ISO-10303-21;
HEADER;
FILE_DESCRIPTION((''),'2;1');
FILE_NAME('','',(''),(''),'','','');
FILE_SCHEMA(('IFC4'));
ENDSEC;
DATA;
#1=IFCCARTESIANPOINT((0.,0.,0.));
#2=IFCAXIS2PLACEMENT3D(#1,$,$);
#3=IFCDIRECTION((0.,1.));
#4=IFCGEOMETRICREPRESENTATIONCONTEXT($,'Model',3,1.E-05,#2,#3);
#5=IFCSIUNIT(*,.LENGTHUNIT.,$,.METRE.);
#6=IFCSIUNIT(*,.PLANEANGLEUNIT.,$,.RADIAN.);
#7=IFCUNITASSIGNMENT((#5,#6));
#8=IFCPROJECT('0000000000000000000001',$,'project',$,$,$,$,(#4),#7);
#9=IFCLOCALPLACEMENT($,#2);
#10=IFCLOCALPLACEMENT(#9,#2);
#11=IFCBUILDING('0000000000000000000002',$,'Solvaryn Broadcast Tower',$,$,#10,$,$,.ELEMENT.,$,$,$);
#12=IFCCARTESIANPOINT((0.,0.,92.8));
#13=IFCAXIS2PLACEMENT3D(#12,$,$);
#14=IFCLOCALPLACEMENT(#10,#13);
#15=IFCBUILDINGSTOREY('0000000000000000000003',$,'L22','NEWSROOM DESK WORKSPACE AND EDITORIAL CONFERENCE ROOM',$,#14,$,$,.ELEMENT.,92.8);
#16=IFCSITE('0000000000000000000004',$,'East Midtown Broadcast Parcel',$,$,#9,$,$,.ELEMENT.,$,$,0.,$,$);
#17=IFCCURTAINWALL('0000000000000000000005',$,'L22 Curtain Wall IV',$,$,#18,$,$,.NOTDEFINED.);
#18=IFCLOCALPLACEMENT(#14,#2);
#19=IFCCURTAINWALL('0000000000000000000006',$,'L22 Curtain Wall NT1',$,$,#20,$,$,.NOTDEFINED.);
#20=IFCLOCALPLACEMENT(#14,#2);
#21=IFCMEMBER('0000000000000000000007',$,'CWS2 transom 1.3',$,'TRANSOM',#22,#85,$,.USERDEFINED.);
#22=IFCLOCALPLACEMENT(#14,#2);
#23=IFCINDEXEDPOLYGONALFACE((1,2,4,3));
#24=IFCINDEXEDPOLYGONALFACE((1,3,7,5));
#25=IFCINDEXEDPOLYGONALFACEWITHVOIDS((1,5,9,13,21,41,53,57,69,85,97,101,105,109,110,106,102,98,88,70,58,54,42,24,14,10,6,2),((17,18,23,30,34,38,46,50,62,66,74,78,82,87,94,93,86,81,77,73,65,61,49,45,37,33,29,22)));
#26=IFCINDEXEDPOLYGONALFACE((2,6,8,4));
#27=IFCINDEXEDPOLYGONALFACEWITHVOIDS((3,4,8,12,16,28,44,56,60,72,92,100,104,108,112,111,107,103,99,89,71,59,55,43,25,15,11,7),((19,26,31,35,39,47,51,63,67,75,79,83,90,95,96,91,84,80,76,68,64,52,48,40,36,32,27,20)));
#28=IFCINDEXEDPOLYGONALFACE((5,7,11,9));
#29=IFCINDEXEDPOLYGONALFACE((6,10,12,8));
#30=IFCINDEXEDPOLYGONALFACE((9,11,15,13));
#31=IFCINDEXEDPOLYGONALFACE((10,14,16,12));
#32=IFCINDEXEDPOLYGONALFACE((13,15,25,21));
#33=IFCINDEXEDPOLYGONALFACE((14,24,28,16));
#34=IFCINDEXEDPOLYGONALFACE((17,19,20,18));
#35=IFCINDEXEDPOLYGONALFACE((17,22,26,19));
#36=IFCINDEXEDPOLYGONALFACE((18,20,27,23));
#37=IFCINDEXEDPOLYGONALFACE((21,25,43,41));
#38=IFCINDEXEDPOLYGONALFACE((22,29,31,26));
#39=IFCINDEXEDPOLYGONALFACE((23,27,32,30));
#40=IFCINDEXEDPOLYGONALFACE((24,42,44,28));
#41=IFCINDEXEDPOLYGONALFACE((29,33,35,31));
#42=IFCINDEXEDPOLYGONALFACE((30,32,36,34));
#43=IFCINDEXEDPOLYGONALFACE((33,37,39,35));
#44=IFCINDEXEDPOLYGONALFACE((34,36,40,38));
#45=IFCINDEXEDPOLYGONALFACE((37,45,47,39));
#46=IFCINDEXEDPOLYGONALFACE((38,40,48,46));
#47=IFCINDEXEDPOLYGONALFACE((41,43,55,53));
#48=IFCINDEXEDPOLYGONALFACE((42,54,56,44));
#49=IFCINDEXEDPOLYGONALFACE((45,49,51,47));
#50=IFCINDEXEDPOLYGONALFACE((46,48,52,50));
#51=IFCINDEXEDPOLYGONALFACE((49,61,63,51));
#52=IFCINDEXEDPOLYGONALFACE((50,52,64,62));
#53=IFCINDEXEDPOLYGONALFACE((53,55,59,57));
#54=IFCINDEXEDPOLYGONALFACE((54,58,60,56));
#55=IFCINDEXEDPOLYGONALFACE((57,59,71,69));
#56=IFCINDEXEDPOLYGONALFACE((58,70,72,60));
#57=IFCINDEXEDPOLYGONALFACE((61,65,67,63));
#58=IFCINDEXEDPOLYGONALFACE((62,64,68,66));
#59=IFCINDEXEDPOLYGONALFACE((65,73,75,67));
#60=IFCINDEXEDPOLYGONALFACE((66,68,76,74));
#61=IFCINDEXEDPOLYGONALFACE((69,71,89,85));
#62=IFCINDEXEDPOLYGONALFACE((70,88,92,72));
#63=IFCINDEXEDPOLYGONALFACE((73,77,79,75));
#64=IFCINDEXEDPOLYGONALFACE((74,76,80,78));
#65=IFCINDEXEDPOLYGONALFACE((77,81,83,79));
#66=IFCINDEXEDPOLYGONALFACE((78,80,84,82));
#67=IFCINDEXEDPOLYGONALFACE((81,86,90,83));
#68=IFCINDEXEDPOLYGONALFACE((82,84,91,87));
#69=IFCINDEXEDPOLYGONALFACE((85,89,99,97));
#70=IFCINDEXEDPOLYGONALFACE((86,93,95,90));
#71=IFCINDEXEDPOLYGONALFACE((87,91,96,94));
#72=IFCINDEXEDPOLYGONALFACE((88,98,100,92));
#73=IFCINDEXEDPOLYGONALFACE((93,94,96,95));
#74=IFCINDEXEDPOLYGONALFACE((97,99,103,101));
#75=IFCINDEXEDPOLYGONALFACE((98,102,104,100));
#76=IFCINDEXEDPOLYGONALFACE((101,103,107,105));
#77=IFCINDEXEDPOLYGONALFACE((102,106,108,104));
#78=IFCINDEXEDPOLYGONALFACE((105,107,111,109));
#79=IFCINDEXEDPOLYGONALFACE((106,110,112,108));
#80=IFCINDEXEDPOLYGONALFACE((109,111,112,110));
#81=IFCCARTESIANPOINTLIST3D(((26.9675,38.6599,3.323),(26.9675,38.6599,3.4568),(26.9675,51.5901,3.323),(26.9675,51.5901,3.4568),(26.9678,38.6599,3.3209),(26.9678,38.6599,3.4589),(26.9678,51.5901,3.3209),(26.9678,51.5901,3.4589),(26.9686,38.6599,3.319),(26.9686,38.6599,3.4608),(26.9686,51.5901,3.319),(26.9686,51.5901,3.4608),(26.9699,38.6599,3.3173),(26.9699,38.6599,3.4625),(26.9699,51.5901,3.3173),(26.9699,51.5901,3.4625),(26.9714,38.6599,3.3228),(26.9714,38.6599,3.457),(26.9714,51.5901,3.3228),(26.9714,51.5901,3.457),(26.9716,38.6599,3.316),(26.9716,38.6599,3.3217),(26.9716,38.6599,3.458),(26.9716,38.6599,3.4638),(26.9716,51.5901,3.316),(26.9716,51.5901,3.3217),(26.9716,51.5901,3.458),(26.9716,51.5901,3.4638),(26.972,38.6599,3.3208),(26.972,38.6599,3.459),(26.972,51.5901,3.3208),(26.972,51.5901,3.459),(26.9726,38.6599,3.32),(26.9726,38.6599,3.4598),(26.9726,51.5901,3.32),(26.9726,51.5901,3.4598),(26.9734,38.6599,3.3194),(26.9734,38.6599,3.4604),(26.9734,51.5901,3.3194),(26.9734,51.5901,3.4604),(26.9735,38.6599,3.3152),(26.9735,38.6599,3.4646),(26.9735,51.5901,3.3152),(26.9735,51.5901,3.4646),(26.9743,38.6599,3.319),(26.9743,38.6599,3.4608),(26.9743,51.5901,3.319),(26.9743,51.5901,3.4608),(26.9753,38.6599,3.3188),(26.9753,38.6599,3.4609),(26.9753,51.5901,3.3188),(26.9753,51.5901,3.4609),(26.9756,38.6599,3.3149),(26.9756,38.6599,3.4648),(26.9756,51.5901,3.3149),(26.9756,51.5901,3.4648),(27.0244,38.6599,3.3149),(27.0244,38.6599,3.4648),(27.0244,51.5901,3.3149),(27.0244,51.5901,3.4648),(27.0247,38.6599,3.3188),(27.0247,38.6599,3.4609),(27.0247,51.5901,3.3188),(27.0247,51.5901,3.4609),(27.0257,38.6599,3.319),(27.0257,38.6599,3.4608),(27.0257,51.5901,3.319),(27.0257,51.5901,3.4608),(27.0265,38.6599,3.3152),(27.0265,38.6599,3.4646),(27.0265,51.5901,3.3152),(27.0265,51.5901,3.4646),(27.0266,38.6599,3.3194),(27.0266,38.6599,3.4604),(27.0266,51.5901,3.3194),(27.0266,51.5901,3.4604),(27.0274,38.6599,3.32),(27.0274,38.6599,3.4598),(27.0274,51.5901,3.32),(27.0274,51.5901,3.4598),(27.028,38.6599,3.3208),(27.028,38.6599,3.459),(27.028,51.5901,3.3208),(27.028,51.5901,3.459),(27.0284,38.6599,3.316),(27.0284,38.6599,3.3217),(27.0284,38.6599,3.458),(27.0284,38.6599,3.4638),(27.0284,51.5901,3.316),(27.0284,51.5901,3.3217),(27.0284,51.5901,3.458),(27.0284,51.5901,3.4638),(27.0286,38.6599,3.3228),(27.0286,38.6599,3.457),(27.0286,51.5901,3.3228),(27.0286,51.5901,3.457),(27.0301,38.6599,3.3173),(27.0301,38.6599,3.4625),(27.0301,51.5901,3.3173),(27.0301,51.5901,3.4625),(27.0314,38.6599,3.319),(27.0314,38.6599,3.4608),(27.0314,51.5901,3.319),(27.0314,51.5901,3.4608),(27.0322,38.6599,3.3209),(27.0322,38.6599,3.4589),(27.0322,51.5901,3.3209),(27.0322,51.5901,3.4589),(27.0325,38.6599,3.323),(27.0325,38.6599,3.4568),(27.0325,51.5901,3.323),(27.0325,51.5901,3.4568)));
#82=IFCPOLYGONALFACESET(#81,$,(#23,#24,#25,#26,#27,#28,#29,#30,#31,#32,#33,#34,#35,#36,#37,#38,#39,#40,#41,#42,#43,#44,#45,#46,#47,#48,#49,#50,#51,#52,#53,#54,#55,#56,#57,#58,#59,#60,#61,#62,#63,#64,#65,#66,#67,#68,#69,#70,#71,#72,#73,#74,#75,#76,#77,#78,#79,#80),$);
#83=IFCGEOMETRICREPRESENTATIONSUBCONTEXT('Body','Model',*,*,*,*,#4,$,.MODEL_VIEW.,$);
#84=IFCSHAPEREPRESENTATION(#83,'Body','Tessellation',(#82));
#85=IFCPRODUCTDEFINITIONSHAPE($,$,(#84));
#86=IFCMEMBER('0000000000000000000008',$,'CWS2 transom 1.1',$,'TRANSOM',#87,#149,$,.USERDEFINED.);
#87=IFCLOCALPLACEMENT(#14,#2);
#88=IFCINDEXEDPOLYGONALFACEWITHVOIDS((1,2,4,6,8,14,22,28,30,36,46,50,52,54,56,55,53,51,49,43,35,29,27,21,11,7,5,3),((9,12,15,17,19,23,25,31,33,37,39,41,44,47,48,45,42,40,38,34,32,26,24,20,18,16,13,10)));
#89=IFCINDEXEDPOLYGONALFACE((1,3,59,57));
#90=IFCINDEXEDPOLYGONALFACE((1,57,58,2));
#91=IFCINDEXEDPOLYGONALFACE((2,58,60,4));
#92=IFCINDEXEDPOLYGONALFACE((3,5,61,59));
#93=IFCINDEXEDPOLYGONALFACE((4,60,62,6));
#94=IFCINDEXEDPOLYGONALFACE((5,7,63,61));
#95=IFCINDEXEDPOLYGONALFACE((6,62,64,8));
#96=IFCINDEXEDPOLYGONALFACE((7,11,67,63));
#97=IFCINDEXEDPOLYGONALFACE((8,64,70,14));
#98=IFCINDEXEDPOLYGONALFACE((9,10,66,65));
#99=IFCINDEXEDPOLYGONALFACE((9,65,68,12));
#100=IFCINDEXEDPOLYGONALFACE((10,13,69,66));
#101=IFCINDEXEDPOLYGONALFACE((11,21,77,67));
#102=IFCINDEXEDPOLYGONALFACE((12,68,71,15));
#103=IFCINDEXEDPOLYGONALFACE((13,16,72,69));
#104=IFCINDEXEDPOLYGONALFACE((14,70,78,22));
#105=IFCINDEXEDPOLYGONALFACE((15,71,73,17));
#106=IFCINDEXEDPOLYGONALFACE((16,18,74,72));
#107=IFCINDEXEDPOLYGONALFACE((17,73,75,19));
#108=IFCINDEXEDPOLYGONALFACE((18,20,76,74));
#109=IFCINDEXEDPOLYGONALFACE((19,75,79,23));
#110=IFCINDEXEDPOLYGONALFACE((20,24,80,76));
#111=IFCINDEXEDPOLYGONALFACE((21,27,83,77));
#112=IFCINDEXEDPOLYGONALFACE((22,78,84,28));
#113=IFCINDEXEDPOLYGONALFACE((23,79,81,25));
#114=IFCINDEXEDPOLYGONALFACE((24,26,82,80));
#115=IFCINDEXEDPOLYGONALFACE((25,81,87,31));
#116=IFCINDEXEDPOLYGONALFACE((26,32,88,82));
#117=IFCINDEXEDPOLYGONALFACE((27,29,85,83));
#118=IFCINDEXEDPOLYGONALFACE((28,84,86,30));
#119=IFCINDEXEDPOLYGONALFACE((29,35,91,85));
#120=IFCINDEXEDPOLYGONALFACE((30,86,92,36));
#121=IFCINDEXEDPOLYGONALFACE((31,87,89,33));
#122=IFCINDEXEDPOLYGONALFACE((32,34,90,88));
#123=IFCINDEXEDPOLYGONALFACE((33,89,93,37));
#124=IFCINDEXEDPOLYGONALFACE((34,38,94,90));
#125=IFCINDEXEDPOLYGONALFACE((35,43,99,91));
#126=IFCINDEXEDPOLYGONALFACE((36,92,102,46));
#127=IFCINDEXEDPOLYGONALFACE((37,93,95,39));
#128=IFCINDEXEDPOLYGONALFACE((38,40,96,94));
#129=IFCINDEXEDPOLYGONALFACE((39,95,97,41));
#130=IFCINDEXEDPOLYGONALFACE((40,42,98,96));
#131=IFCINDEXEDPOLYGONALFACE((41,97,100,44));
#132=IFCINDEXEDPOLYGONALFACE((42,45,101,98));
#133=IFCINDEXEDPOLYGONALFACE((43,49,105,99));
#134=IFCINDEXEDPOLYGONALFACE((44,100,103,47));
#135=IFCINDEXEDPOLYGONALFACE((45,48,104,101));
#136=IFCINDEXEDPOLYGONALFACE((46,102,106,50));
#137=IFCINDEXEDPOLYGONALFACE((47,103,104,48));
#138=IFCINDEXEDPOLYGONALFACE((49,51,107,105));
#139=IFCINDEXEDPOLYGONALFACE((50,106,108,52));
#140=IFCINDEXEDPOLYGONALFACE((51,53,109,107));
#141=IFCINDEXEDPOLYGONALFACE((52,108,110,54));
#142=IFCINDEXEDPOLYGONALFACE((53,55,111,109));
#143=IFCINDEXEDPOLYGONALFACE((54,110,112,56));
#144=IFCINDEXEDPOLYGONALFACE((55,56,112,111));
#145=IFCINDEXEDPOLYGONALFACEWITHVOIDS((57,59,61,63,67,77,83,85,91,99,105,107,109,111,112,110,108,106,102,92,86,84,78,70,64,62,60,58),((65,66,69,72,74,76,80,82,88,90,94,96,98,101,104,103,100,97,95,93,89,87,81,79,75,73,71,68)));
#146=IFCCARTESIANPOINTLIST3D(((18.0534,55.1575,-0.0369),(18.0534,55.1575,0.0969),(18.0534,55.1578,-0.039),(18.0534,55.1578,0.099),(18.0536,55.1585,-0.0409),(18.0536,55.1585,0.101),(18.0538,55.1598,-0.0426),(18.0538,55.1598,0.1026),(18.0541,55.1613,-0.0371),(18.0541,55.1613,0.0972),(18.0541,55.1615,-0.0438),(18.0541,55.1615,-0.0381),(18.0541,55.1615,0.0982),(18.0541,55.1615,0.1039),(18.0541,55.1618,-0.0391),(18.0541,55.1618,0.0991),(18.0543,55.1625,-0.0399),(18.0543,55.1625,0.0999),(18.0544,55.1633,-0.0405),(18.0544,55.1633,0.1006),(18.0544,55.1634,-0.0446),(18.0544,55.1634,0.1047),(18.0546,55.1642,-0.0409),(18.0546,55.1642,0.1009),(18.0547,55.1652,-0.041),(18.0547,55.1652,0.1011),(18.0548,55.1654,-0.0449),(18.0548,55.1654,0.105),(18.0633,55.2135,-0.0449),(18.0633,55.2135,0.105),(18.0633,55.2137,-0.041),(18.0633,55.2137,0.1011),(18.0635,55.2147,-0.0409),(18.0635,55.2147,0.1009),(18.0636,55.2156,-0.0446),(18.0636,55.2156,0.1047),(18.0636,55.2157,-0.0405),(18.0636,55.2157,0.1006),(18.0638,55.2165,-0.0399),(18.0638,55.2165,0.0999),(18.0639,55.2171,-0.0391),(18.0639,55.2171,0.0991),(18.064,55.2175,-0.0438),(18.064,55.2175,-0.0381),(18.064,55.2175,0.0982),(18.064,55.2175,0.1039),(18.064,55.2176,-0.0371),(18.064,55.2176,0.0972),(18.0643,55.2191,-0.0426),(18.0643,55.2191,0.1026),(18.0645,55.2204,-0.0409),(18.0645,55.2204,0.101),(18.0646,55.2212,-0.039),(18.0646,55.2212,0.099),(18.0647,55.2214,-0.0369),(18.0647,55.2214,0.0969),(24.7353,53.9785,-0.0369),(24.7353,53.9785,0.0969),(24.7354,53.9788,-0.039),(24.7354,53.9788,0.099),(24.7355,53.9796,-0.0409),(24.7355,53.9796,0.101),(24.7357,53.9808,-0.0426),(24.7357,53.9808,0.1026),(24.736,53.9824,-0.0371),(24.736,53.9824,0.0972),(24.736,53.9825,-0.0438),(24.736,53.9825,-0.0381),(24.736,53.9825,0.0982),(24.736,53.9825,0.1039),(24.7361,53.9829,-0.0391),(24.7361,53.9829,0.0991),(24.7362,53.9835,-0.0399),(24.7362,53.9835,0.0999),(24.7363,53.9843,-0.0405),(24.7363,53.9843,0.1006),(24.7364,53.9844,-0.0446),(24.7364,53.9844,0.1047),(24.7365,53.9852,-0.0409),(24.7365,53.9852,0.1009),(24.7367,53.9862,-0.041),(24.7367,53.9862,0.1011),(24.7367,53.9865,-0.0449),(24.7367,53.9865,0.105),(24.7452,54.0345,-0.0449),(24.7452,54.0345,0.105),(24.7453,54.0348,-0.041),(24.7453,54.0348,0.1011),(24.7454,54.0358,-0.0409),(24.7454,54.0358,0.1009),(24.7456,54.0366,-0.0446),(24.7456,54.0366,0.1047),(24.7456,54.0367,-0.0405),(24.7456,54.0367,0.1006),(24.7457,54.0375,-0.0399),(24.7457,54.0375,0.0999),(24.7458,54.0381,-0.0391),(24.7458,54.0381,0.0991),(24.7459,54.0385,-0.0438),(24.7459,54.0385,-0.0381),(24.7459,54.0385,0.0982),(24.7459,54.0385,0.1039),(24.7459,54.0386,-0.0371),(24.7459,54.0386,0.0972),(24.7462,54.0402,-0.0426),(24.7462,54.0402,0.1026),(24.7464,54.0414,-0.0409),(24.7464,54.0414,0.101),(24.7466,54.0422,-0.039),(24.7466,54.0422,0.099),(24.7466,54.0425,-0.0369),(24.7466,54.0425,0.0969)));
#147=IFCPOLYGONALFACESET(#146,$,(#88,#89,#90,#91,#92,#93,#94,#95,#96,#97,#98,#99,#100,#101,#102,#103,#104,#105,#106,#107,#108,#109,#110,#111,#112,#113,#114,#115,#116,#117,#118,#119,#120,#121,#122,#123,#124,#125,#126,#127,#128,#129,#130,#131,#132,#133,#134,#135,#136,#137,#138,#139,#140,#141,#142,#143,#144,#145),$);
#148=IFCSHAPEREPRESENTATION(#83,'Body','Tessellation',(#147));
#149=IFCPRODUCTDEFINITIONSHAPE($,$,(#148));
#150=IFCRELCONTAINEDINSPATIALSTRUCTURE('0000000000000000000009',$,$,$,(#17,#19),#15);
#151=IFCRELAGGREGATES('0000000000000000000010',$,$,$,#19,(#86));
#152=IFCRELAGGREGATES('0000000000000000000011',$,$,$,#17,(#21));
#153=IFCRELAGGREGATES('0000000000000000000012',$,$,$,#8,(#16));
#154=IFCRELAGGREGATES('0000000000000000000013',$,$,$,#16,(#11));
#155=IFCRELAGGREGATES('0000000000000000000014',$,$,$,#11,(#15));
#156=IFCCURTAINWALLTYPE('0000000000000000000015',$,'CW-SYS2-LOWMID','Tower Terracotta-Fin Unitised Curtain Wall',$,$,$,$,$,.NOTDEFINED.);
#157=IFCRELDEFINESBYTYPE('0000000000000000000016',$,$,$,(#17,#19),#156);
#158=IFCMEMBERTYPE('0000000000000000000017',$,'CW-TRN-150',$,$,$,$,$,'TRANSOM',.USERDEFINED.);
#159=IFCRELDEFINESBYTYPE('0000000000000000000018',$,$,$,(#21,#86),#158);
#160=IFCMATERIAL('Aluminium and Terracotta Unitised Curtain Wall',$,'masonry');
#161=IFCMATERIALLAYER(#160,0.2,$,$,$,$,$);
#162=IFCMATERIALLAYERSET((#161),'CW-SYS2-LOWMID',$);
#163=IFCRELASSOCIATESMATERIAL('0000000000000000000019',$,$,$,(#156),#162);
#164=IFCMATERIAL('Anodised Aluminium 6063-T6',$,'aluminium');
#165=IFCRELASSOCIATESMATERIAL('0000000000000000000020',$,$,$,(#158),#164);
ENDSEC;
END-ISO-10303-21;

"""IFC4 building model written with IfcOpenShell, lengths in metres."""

from ifc_helpers import new_model, si_unit, direction, frame, origin, origin_2d, place, context, subcontext, project, spatial, hollow_rectangle, extrude, material, layer, layer_set, material_profile, profile_set, type_object, element, aggregate, save


model = new_model("IFC4")

# Units and contexts
model_context = context("Model", 3, precision=1e-05, world=origin(), true_north=direction((0.0, 1.0)))
body_context = subcontext(model_context, "Body", "Model", "MODEL_VIEW")
ifc_project = project(units=[si_unit("LENGTHUNIT", "METRE"), si_unit("PLANEANGLEUNIT", "RADIAN")], contexts=[model_context])

# Site, building, storey
site_placement = place(None, origin())
site = spatial("IfcSite", under=ifc_project, at=site_placement, Name="East Midtown Broadcast Parcel", CompositionType="ELEMENT", RefElevation=0.0)
building_placement = place(site_placement, origin())
building = spatial("IfcBuilding", under=site, at=building_placement, Name="Solvaryn Broadcast Tower", CompositionType="ELEMENT")
storey_placement = place(building_placement, frame((0.0, 0.0, 92.8)))
storey = spatial("IfcBuildingStorey", under=building, at=storey_placement, Name="L22", Description="NEWSROOM DESK WORKSPACE AND EDITORIAL CONFERENCE ROOM", CompositionType="ELEMENT", Elevation=92.8)

# Curtain wall
ifc_material_1 = material(Name="Aluminium and Terracotta Unitised Curtain Wall", Category="masonry")
ifc_layer_1 = layer(ifc_material_1, 0.2)
ifc_layer_set_1 = layer_set([ifc_layer_1], Name="CW-SYS2-LOWMID")
curtain_wall_type = type_object("IfcCurtainWallType", Name="CW-SYS2-LOWMID", Description="Tower Terracotta-Fin Unitised Curtain Wall", PredefinedType="NOTDEFINED", material=ifc_layer_set_1)
curtain_wall_1_placement = place(storey_placement, origin())
curtain_wall_1 = element("IfcCurtainWall", 1, at=curtain_wall_1_placement, inside=storey, type_object=curtain_wall_type, Name="L22 Curtain Wall IV", PredefinedType="NOTDEFINED")

# Curtain wall
curtain_wall_2_placement = place(storey_placement, origin())
curtain_wall_2 = element("IfcCurtainWall", 2, at=curtain_wall_2_placement, inside=storey, type_object=curtain_wall_type, Name="L22 Curtain Wall NT1", PredefinedType="NOTDEFINED")

# Members
ifc_material_2 = material(Name="Anodised Aluminium 6063-T6", Category="aluminium")
ifc_material_profile_1 = material_profile(ifc_material_2, hollow_rectangle(XDim=0.0649, YDim=0.1499, WallThickness=0.0039, InnerFilletRadius=0.0039, OuterFilletRadius=0.0081, at=origin_2d()))
ifc_profile_set_1 = profile_set([ifc_material_profile_1], Name="Anodised Aluminium 6063-T6")
member_type_1 = type_object("IfcMemberType", Name="CW-TRN-150", ElementType="TRANSOM", PredefinedType="USERDEFINED", material=ifc_profile_set_1)
member_1_placement = place(storey_placement, frame((27.0, 51.5901, 3.3899), z_axis=(0.0, -1.0, 0.0), x_axis=(1.0, 0.0, 0.0)))
member_1 = element("IfcMember", 3, at=member_1_placement, type_object=member_type_1, Name="CWS2 transom 1.3", ObjectType="TRANSOM", PredefinedType="USERDEFINED", context=body_context, shape_type="SweptSolid", body=[
    extrude(hollow_rectangle(XDim=0.0649, YDim=0.1499, WallThickness=0.0039, InnerFilletRadius=0.0039, OuterFilletRadius=0.0081, at=origin_2d()), origin(), (0.0, 0.0, 1.0), 12.9302),
])
member_2_placement = place(storey_placement, frame((24.741, 54.0105, 0.03), z_axis=(-0.984789, 0.173757, 0.0), x_axis=(-0.173757, -0.984789, 0.0)))
member_2 = element("IfcMember", 4, at=member_2_placement, type_object=member_type_1, Name="CWS2 transom 1.1", ObjectType="TRANSOM", PredefinedType="USERDEFINED", context=body_context, shape_type="SweptSolid", body=[
    extrude(hollow_rectangle(XDim=0.0649, YDim=0.1499, WallThickness=0.0039, InnerFilletRadius=0.0039, OuterFilletRadius=0.0081, at=origin_2d()), origin(), (0.0, 0.0, 1.0), 6.7852),
])
aggregate(curtain_wall_2, [member_2])

aggregate(curtain_wall_1, [member_1])

save(model, "model.ifc")
